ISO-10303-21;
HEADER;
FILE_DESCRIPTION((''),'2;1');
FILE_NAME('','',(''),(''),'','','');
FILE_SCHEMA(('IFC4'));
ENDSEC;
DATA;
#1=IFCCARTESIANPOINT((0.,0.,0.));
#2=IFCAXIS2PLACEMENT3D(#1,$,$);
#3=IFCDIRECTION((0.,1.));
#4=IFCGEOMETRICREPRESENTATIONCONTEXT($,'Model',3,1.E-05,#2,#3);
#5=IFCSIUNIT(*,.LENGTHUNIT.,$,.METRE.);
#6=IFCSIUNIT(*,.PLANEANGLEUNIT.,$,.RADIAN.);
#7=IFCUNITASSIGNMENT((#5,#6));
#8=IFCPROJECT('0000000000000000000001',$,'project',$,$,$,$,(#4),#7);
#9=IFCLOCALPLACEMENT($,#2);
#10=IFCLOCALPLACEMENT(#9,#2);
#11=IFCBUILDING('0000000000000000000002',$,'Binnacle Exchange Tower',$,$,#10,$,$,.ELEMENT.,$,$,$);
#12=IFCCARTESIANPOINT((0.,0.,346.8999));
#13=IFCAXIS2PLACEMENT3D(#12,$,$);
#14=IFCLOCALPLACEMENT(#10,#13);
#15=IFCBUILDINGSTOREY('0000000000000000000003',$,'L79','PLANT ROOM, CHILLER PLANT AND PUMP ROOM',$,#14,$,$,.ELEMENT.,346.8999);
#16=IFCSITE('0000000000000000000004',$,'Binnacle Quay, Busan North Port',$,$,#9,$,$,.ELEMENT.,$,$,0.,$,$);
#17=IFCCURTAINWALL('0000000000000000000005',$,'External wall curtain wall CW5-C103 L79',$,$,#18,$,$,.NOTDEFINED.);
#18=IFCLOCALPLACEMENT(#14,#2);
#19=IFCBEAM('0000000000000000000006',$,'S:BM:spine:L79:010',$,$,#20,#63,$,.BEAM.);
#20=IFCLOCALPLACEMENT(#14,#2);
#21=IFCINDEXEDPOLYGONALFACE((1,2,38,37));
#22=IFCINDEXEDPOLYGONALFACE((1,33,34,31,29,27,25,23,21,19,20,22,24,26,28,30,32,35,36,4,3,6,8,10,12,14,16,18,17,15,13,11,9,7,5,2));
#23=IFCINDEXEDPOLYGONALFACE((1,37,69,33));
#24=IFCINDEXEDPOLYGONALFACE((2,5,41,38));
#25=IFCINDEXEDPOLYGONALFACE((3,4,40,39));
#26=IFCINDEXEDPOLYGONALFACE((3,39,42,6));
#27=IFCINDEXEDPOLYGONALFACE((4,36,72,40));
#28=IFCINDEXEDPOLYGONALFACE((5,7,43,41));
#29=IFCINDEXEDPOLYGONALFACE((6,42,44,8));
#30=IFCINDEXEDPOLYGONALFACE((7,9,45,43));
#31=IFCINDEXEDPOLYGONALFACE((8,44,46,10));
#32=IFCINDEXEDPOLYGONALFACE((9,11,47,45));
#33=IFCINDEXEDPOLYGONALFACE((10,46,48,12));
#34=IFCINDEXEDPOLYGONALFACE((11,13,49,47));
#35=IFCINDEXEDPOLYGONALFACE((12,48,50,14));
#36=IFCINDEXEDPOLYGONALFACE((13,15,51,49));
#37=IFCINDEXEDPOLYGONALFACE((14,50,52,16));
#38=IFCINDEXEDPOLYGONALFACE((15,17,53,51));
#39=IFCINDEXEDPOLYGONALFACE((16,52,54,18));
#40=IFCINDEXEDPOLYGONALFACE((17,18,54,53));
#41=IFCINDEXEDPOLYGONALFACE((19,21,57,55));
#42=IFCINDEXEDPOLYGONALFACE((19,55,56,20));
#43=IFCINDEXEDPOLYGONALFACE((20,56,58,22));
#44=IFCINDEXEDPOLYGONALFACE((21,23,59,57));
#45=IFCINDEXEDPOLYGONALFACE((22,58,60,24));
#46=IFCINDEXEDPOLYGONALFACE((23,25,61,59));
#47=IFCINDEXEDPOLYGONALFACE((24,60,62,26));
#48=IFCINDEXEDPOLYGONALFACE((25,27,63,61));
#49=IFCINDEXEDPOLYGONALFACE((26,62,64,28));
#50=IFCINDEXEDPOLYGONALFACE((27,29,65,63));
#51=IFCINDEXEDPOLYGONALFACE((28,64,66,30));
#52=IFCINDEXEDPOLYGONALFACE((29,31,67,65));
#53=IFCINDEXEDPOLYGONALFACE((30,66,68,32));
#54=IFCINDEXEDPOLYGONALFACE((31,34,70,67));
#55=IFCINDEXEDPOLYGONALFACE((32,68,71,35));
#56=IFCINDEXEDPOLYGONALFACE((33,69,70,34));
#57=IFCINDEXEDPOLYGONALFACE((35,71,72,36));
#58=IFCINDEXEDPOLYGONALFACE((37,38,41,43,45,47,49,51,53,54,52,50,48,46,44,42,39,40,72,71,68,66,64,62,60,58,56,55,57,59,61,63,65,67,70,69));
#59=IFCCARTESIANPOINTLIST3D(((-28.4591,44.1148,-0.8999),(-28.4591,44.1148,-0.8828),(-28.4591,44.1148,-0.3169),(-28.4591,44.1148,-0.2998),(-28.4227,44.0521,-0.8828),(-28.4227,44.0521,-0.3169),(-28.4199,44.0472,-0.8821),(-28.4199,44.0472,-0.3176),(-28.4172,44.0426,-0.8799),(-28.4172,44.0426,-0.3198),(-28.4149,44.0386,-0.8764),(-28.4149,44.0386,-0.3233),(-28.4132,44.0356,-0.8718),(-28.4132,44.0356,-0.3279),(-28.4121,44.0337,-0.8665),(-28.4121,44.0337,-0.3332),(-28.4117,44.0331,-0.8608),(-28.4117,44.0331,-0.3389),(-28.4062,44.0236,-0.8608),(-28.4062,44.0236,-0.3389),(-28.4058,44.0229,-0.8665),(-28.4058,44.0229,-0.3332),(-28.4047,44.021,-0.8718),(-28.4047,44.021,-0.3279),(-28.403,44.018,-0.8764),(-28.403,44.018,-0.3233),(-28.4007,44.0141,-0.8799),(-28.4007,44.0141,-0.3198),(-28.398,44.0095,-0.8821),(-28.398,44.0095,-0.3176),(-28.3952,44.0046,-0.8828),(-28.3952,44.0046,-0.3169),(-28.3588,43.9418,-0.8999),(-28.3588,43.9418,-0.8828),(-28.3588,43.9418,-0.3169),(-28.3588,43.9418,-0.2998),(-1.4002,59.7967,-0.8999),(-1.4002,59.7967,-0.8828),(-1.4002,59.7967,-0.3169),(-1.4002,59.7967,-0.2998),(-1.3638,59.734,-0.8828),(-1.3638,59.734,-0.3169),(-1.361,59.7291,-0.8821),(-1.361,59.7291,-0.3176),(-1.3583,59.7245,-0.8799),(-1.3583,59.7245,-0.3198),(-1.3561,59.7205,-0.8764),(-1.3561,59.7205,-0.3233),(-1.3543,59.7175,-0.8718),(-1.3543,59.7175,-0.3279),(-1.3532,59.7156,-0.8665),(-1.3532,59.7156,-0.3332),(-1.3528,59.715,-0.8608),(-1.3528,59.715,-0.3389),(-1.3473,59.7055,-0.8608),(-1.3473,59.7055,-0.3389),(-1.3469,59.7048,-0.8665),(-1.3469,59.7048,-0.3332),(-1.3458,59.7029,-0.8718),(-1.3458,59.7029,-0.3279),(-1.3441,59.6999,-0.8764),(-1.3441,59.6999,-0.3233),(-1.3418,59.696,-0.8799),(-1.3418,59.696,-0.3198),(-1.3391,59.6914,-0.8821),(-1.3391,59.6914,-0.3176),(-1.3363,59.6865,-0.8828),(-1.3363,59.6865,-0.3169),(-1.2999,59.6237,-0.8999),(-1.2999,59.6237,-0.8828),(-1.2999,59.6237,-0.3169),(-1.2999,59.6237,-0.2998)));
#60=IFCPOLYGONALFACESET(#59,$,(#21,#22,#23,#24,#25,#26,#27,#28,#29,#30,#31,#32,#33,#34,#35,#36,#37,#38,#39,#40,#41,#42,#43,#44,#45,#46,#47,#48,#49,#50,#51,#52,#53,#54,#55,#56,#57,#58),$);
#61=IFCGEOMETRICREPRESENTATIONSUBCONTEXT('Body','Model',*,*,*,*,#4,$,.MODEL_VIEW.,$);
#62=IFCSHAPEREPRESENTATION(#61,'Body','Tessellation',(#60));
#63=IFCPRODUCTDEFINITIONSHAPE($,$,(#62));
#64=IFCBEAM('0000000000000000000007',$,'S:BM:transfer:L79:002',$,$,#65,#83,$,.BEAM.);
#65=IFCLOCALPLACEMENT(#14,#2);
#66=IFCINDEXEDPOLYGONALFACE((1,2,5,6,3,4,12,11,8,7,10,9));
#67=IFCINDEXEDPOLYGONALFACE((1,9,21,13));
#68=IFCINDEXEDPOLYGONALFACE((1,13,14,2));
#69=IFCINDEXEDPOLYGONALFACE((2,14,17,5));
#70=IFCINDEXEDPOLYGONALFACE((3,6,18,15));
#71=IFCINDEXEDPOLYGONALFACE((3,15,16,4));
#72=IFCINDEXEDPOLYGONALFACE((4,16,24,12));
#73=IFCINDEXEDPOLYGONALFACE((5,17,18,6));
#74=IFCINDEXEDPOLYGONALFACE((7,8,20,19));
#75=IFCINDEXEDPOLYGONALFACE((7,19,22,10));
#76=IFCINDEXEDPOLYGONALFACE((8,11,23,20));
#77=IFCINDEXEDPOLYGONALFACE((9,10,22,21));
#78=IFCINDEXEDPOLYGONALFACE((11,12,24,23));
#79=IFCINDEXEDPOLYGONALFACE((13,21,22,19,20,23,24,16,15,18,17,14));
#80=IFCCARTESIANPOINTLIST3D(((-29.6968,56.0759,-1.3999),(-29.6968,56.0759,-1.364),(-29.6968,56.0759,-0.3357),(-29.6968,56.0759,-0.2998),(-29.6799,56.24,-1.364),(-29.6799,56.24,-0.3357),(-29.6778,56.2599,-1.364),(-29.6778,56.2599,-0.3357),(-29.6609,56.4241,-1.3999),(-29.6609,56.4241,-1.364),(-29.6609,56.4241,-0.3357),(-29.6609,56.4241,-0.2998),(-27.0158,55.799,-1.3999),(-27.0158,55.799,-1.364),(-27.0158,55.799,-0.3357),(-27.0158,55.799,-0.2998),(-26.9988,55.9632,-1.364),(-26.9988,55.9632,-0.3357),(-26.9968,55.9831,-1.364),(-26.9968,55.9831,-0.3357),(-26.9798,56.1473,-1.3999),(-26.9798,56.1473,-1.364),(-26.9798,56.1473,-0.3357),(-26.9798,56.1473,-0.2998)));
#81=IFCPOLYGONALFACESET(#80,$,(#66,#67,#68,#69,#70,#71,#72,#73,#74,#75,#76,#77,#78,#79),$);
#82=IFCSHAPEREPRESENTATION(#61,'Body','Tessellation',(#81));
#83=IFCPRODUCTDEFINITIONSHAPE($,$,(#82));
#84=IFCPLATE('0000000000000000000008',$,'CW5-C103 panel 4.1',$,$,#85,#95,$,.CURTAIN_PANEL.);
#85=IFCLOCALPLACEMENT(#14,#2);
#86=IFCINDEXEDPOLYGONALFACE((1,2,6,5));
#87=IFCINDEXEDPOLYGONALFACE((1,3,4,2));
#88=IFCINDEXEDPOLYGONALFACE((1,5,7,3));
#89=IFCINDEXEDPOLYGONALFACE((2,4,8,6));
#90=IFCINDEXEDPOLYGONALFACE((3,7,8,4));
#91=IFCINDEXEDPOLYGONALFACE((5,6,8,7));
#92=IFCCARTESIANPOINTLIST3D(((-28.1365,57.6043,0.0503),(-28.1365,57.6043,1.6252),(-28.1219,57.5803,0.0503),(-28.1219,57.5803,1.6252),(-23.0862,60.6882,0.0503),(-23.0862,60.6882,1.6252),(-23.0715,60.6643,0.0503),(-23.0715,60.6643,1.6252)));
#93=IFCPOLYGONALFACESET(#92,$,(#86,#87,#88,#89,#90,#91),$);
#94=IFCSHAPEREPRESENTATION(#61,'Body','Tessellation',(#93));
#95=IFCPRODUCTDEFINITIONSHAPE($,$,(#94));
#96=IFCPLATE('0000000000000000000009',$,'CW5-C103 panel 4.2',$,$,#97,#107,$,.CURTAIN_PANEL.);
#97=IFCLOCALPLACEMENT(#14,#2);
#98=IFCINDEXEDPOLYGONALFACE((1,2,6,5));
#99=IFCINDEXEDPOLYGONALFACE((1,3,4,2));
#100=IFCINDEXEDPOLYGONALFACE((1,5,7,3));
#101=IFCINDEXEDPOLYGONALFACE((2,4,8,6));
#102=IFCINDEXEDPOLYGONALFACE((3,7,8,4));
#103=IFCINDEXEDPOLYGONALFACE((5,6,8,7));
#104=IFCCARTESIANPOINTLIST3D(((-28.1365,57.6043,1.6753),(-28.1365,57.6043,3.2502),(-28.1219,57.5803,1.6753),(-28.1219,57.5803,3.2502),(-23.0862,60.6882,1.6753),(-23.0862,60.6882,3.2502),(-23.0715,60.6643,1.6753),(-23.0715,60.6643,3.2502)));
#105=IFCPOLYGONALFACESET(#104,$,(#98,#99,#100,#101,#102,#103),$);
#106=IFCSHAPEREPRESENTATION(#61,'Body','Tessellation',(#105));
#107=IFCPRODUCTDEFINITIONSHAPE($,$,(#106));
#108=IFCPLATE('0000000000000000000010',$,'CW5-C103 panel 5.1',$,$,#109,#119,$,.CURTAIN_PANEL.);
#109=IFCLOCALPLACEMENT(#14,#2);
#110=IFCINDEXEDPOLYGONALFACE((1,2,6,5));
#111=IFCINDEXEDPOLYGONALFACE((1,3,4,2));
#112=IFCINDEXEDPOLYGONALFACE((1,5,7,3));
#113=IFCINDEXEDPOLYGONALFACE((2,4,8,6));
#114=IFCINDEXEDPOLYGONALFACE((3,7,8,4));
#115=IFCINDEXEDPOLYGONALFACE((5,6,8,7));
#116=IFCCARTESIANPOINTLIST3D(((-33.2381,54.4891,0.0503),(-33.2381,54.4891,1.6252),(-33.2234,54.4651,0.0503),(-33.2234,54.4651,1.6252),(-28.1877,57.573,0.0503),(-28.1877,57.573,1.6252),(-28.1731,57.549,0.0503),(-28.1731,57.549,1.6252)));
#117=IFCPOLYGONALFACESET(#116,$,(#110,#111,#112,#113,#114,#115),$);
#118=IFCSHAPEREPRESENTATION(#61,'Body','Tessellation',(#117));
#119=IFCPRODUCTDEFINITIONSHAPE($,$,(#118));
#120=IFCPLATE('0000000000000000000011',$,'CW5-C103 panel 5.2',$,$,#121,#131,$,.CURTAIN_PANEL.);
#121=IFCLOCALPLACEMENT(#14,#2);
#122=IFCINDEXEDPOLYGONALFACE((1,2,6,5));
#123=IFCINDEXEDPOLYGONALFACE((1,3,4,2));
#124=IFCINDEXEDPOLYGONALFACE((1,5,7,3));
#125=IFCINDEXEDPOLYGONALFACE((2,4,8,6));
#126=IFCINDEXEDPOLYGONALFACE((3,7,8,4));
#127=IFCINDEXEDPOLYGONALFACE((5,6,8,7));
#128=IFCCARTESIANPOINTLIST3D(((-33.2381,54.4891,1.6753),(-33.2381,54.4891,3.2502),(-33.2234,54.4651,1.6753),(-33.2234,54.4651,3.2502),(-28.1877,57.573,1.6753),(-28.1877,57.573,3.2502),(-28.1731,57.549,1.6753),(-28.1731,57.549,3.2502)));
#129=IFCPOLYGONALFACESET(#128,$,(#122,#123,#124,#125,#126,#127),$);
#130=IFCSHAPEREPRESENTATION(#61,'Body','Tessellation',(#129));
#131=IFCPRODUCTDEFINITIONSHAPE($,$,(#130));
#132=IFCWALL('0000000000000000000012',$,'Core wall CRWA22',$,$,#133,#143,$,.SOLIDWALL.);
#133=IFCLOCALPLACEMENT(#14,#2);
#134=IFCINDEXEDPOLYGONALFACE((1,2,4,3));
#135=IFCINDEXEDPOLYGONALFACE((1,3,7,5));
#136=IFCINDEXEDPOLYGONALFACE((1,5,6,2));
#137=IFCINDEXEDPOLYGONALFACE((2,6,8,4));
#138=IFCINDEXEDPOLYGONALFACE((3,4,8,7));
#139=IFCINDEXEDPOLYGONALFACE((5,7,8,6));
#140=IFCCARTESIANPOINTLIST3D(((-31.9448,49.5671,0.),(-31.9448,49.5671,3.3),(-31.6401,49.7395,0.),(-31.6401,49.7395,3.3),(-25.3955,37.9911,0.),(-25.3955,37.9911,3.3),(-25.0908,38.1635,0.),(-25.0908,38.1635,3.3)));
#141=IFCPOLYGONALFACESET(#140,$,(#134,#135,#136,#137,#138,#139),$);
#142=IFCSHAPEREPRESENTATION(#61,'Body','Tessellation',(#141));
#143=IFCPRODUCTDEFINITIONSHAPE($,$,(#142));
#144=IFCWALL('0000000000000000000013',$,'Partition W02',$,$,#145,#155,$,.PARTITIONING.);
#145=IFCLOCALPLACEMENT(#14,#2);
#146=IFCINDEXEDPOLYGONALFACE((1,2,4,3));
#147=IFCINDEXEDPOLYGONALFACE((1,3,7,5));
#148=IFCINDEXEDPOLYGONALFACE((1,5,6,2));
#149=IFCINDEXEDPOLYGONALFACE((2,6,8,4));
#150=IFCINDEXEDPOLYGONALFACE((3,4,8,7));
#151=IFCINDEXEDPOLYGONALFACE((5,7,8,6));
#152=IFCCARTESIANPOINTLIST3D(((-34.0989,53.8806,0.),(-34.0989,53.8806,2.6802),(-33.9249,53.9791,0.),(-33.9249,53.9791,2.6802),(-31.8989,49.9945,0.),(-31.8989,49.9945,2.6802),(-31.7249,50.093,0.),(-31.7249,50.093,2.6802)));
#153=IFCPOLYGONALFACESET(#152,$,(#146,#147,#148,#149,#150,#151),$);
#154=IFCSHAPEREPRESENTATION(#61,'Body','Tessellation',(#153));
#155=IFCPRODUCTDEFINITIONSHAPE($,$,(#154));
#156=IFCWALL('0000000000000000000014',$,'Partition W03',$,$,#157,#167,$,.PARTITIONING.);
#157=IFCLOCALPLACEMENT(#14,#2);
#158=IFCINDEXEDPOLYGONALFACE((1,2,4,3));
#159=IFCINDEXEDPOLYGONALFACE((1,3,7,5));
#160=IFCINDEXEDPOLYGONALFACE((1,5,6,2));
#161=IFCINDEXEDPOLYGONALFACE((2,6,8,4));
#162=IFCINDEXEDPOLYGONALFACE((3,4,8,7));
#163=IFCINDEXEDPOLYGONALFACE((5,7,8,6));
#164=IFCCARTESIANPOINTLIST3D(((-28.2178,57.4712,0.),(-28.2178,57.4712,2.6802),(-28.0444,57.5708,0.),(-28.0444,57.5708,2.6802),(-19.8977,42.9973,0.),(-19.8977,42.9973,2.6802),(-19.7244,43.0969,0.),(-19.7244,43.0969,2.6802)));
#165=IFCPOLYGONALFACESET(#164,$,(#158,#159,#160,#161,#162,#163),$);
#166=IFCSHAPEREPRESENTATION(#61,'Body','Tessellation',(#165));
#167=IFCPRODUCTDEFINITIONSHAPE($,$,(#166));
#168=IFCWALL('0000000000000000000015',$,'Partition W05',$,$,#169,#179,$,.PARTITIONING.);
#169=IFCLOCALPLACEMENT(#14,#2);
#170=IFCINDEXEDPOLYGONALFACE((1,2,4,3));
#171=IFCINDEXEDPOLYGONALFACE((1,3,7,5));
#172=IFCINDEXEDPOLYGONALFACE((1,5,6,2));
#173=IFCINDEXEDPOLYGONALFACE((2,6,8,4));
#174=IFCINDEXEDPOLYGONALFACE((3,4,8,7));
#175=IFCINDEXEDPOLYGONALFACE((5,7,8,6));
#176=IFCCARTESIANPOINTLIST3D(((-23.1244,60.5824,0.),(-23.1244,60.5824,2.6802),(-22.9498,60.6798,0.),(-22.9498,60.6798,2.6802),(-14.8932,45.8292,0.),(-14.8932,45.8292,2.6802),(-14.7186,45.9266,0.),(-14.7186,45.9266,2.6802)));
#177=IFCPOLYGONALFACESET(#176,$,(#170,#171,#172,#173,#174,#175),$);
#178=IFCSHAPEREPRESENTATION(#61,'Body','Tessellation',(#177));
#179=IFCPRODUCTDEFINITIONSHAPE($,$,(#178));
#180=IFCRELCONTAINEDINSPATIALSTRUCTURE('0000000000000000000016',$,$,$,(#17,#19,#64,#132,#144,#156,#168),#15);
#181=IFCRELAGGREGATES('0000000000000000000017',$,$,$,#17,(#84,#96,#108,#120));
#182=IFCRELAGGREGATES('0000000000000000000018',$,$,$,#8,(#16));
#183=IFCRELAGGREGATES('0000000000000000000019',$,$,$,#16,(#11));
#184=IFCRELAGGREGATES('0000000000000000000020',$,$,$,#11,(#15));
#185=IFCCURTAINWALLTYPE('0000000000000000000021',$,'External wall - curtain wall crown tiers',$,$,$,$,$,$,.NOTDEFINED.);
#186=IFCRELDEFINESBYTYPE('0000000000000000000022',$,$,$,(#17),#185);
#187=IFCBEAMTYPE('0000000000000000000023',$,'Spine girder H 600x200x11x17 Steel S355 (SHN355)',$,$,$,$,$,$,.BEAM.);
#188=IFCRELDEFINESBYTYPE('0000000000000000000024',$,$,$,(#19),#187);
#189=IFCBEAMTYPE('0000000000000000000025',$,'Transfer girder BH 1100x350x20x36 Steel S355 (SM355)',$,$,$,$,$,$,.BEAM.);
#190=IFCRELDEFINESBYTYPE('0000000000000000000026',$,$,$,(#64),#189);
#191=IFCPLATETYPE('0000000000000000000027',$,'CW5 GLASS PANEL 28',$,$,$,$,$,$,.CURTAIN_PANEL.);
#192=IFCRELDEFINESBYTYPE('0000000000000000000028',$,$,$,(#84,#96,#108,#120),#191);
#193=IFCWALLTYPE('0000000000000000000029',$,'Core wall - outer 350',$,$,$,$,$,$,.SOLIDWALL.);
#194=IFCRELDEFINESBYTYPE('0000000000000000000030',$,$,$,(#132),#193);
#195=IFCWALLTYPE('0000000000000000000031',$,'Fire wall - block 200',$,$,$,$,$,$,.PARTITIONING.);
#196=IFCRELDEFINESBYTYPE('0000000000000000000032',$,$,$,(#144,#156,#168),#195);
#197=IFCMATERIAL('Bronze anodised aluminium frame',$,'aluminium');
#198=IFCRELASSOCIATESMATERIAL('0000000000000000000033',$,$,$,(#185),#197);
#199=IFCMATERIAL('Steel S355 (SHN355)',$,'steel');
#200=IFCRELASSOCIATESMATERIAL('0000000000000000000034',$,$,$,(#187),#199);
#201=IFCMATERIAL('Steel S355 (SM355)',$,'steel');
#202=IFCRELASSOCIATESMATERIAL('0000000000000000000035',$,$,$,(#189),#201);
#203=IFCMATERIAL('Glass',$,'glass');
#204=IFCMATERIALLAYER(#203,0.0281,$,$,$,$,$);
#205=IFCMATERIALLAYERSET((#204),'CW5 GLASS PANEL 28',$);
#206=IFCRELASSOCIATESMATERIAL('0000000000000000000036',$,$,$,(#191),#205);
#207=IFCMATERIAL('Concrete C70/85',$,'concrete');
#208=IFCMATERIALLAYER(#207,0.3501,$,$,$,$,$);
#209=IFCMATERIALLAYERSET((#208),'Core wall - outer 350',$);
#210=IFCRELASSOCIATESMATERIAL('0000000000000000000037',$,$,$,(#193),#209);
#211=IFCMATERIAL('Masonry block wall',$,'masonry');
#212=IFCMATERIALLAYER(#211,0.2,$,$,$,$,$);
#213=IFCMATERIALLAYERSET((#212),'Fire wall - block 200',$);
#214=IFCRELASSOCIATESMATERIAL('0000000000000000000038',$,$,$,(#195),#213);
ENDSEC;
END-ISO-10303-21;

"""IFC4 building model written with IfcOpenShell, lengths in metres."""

from ifc_helpers import new_model, si_unit, direction, frame, frame_2d, origin, origin_2d, place, context, subcontext, project, spatial, rectangle, i_section, extrude, material, layer, layer_set, material_profile, profile_set, type_object, element, aggregate, save


model = new_model("IFC4")

# Units and contexts
model_context = context("Model", 3, precision=1e-05, world=origin(), true_north=direction((0.0, 1.0)))
body_context = subcontext(model_context, "Body", "Model", "MODEL_VIEW")
ifc_project = project(units=[si_unit("LENGTHUNIT", "METRE"), si_unit("PLANEANGLEUNIT", "RADIAN")], contexts=[model_context])

# Site, building, storey
site_placement = place(None, origin())
site = spatial("IfcSite", under=ifc_project, at=site_placement, Name="Binnacle Quay, Busan North Port", CompositionType="ELEMENT", RefElevation=0.0)
building_placement = place(site_placement, origin())
building = spatial("IfcBuilding", under=site, at=building_placement, Name="Binnacle Exchange Tower", CompositionType="ELEMENT")
storey_placement = place(building_placement, frame((0.0, 0.0, 346.8999)))
storey = spatial("IfcBuildingStorey", under=building, at=storey_placement, Name="L79", Description="PLANT ROOM, CHILLER PLANT AND PUMP ROOM", CompositionType="ELEMENT", Elevation=346.8999)

# Shared definitions
ifc_material_1 = material(Name="Steel S355 (SHN355)", Category="steel")

# Curtain wall
ifc_material_2 = material(Name="Bronze anodised aluminium frame", Category="aluminium")
curtain_wall_type = type_object("IfcCurtainWallType", Name="External wall - curtain wall crown tiers", PredefinedType="NOTDEFINED", material=ifc_material_2)
curtain_wall_placement = place(storey_placement, origin())
curtain_wall = element("IfcCurtainWall", 1, at=curtain_wall_placement, inside=storey, type_object=curtain_wall_type, Name="External wall curtain wall CW5-C103 L79", PredefinedType="NOTDEFINED")

# Beams
ifc_material_profile_1 = material_profile(ifc_material_1, i_section(OverallWidth=0.2, OverallDepth=0.6001, WebThickness=0.011, FlangeThickness=0.0171, FilletRadius=0.022, at=origin_2d()), Name="H 600x200x11x17")
ifc_profile_set_1 = profile_set([ifc_material_profile_1], Name="Steel S355 (SHN355)")
beam_type_1 = type_object("IfcBeamType", Name="Spine girder H 600x200x11x17 Steel S355 (SHN355)", PredefinedType="BEAM", material=ifc_profile_set_1)
beam_1_placement = place(storey_placement, frame((-28.4089, 44.0283, -0.5999), z_axis=(0.865201, 0.501425, 0.0), x_axis=(-0.501425, 0.865201, 0.0)))
element("IfcBeam", 2, at=beam_1_placement, inside=storey, type_object=beam_type_1, Name="S:BM:spine:L79:010", PredefinedType="BEAM", context=body_context, shape_type="SweptSolid", body=[
    extrude(i_section(OverallWidth=0.2, OverallDepth=0.6001, WebThickness=0.011, FlangeThickness=0.0171, FilletRadius=0.022, at=origin_2d()), origin(), (0.0, 0.0, 1.0), 31.2747),
])
ifc_material_3 = material(Name="Steel S355 (SM355)", Category="steel")
ifc_material_profile_2 = material_profile(ifc_material_3, i_section(OverallWidth=0.3501, OverallDepth=1.1001, WebThickness=0.02, FlangeThickness=0.0359, at=origin_2d()), Name="BH 1100x350x20x36")
ifc_profile_set_2 = profile_set([ifc_material_profile_2], Name="Steel S355 (SM355)")
beam_type_2 = type_object("IfcBeamType", Name="Transfer girder BH 1100x350x20x36 Steel S355 (SM355)", PredefinedType="BEAM", material=ifc_profile_set_2)
beam_2_placement = place(storey_placement, frame((-26.9978, 55.9731, -0.8499), z_axis=(-0.994711, 0.102714, 0.0), x_axis=(-0.102714, -0.994711, 0.0)))
element("IfcBeam", 3, at=beam_2_placement, inside=storey, type_object=beam_type_2, Name="S:BM:transfer:L79:002", PredefinedType="BEAM", context=body_context, shape_type="SweptSolid", body=[
    extrude(i_section(OverallWidth=0.3501, OverallDepth=1.1001, WebThickness=0.02, FlangeThickness=0.0359, at=origin_2d()), origin(), (0.0, 0.0, 1.0), 2.6953),
])

# Plates
ifc_material_4 = material(Name="Glass", Category="glass")
ifc_layer_1 = layer(ifc_material_4, 0.0281)
ifc_layer_set_1 = layer_set([ifc_layer_1], Name="CW5 GLASS PANEL 28")
plate_type = type_object("IfcPlateType", Name="CW5 GLASS PANEL 28", PredefinedType="CURTAIN_PANEL", material=ifc_layer_set_1)
plate_1_placement = place(storey_placement, frame((-25.604, 59.1343, 0.0503), z_axis=(0.0, 0.0, 1.0), x_axis=(-0.853461, -0.521157, 0.0)))
plate_1 = element("IfcPlate", 4, at=plate_1_placement, type_object=plate_type, Name="CW5-C103 panel 4.1", PredefinedType="CURTAIN_PANEL", context=body_context, shape_type="SweptSolid", body=[
    extrude(rectangle(XDim=5.9175, YDim=0.0281, at=origin_2d()), origin(), (0.0, 0.0, 1.0), 1.575),
])
plate_2_placement = place(storey_placement, frame((-25.604, 59.1343, 1.6753), z_axis=(0.0, 0.0, 1.0), x_axis=(-0.853461, -0.521157, 0.0)))
plate_2 = element("IfcPlate", 5, at=plate_2_placement, type_object=plate_type, Name="CW5-C103 panel 4.2", PredefinedType="CURTAIN_PANEL", context=body_context, shape_type="SweptSolid", body=[
    extrude(rectangle(XDim=5.9175, YDim=0.0281, at=origin_2d()), origin(), (0.0, 0.0, 1.0), 1.575),
])
plate_3_placement = place(storey_placement, frame((-30.7056, 56.019, 0.0503), z_axis=(0.0, 0.0, 1.0), x_axis=(-0.853461, -0.521157, 0.0)))
plate_3 = element("IfcPlate", 6, at=plate_3_placement, type_object=plate_type, Name="CW5-C103 panel 5.1", PredefinedType="CURTAIN_PANEL", context=body_context, shape_type="SweptSolid", body=[
    extrude(rectangle(XDim=5.9175, YDim=0.0281, at=origin_2d()), origin(), (0.0, 0.0, 1.0), 1.575),
])
plate_4_placement = place(storey_placement, frame((-30.7056, 56.019, 1.6753), z_axis=(0.0, 0.0, 1.0), x_axis=(-0.853461, -0.521157, 0.0)))
plate_4 = element("IfcPlate", 7, at=plate_4_placement, type_object=plate_type, Name="CW5-C103 panel 5.2", PredefinedType="CURTAIN_PANEL", context=body_context, shape_type="SweptSolid", body=[
    extrude(rectangle(XDim=5.9175, YDim=0.0281, at=origin_2d()), origin(), (0.0, 0.0, 1.0), 1.575),
])
aggregate(curtain_wall, [plate_1, plate_2, plate_3, plate_4])

# Walls
ifc_material_5 = material(Name="Concrete C70/85", Category="concrete")
ifc_layer_2 = layer(ifc_material_5, 0.3501)
ifc_layer_set_2 = layer_set([ifc_layer_2], Name="Core wall - outer 350")
wall_type_1 = type_object("IfcWallType", Name="Core wall - outer 350", PredefinedType="SOLIDWALL", material=ifc_layer_set_2)
wall_1_placement = place(storey_placement, frame((-31.7925, 49.6533, 0.0), z_axis=(0.0, 0.0, 1.0), x_axis=(0.492422, -0.870357, 0.0)))
element("IfcWall", 8, at=wall_1_placement, inside=storey, type_object=wall_type_1, Name="Core wall CRWA22", PredefinedType="SOLIDWALL", context=body_context, shape_type="SweptSolid", body=[
    extrude(rectangle(XDim=13.3003, YDim=0.3501, at=frame_2d((6.6501, 0.0))), origin(), (0.0, 0.0, 1.0), 3.3),
])
ifc_material_6 = material(Name="Masonry block wall", Category="masonry")
ifc_layer_3 = layer(ifc_material_6, 0.2)
ifc_layer_set_3 = layer_set([ifc_layer_3], Name="Fire wall - block 200")
wall_type_2 = type_object("IfcWallType", Name="Fire wall - block 200", PredefinedType="PARTITIONING", material=ifc_layer_set_3)
wall_2_placement = place(storey_placement, frame((-34.012, 53.9299, 0.0), z_axis=(0.0, 0.0, 1.0), x_axis=(0.492655, -0.870225, 0.0)))
element("IfcWall", 9, at=wall_2_placement, inside=storey, type_object=wall_type_2, Name="Partition W02", PredefinedType="PARTITIONING", context=body_context, shape_type="SweptSolid", body=[
    extrude(rectangle(XDim=4.4656, YDim=0.2, at=frame_2d((2.2329, 0.0))), origin(), (0.0, 0.0, 1.0), 2.6802),
])
wall_3_placement = place(storey_placement, frame((-28.1311, 57.521, 0.0), z_axis=(0.0, 0.0, 1.0), x_axis=(0.498363, -0.866969, 0.0)))
element("IfcWall", 10, at=wall_3_placement, inside=storey, type_object=wall_type_2, Name="Partition W03", PredefinedType="PARTITIONING", context=body_context, shape_type="SweptSolid", body=[
    extrude(rectangle(XDim=16.6948, YDim=0.2, at=frame_2d((8.3474, 0.0))), origin(), (0.0, 0.0, 1.0), 2.6802),
])
wall_4_placement = place(storey_placement, frame((-23.0371, 60.6311, 0.0), z_axis=(0.0, 0.0, 1.0), x_axis=(0.487225, -0.873276, 0.0)))
element("IfcWall", 11, at=wall_4_placement, inside=storey, type_object=wall_type_2, Name="Partition W05", PredefinedType="PARTITIONING", context=body_context, shape_type="SweptSolid", body=[
    extrude(rectangle(XDim=16.894, YDim=0.2, at=frame_2d((8.447, 0.0))), origin(), (0.0, 0.0, 1.0), 2.6802),
])

save(model, "model.ifc")
